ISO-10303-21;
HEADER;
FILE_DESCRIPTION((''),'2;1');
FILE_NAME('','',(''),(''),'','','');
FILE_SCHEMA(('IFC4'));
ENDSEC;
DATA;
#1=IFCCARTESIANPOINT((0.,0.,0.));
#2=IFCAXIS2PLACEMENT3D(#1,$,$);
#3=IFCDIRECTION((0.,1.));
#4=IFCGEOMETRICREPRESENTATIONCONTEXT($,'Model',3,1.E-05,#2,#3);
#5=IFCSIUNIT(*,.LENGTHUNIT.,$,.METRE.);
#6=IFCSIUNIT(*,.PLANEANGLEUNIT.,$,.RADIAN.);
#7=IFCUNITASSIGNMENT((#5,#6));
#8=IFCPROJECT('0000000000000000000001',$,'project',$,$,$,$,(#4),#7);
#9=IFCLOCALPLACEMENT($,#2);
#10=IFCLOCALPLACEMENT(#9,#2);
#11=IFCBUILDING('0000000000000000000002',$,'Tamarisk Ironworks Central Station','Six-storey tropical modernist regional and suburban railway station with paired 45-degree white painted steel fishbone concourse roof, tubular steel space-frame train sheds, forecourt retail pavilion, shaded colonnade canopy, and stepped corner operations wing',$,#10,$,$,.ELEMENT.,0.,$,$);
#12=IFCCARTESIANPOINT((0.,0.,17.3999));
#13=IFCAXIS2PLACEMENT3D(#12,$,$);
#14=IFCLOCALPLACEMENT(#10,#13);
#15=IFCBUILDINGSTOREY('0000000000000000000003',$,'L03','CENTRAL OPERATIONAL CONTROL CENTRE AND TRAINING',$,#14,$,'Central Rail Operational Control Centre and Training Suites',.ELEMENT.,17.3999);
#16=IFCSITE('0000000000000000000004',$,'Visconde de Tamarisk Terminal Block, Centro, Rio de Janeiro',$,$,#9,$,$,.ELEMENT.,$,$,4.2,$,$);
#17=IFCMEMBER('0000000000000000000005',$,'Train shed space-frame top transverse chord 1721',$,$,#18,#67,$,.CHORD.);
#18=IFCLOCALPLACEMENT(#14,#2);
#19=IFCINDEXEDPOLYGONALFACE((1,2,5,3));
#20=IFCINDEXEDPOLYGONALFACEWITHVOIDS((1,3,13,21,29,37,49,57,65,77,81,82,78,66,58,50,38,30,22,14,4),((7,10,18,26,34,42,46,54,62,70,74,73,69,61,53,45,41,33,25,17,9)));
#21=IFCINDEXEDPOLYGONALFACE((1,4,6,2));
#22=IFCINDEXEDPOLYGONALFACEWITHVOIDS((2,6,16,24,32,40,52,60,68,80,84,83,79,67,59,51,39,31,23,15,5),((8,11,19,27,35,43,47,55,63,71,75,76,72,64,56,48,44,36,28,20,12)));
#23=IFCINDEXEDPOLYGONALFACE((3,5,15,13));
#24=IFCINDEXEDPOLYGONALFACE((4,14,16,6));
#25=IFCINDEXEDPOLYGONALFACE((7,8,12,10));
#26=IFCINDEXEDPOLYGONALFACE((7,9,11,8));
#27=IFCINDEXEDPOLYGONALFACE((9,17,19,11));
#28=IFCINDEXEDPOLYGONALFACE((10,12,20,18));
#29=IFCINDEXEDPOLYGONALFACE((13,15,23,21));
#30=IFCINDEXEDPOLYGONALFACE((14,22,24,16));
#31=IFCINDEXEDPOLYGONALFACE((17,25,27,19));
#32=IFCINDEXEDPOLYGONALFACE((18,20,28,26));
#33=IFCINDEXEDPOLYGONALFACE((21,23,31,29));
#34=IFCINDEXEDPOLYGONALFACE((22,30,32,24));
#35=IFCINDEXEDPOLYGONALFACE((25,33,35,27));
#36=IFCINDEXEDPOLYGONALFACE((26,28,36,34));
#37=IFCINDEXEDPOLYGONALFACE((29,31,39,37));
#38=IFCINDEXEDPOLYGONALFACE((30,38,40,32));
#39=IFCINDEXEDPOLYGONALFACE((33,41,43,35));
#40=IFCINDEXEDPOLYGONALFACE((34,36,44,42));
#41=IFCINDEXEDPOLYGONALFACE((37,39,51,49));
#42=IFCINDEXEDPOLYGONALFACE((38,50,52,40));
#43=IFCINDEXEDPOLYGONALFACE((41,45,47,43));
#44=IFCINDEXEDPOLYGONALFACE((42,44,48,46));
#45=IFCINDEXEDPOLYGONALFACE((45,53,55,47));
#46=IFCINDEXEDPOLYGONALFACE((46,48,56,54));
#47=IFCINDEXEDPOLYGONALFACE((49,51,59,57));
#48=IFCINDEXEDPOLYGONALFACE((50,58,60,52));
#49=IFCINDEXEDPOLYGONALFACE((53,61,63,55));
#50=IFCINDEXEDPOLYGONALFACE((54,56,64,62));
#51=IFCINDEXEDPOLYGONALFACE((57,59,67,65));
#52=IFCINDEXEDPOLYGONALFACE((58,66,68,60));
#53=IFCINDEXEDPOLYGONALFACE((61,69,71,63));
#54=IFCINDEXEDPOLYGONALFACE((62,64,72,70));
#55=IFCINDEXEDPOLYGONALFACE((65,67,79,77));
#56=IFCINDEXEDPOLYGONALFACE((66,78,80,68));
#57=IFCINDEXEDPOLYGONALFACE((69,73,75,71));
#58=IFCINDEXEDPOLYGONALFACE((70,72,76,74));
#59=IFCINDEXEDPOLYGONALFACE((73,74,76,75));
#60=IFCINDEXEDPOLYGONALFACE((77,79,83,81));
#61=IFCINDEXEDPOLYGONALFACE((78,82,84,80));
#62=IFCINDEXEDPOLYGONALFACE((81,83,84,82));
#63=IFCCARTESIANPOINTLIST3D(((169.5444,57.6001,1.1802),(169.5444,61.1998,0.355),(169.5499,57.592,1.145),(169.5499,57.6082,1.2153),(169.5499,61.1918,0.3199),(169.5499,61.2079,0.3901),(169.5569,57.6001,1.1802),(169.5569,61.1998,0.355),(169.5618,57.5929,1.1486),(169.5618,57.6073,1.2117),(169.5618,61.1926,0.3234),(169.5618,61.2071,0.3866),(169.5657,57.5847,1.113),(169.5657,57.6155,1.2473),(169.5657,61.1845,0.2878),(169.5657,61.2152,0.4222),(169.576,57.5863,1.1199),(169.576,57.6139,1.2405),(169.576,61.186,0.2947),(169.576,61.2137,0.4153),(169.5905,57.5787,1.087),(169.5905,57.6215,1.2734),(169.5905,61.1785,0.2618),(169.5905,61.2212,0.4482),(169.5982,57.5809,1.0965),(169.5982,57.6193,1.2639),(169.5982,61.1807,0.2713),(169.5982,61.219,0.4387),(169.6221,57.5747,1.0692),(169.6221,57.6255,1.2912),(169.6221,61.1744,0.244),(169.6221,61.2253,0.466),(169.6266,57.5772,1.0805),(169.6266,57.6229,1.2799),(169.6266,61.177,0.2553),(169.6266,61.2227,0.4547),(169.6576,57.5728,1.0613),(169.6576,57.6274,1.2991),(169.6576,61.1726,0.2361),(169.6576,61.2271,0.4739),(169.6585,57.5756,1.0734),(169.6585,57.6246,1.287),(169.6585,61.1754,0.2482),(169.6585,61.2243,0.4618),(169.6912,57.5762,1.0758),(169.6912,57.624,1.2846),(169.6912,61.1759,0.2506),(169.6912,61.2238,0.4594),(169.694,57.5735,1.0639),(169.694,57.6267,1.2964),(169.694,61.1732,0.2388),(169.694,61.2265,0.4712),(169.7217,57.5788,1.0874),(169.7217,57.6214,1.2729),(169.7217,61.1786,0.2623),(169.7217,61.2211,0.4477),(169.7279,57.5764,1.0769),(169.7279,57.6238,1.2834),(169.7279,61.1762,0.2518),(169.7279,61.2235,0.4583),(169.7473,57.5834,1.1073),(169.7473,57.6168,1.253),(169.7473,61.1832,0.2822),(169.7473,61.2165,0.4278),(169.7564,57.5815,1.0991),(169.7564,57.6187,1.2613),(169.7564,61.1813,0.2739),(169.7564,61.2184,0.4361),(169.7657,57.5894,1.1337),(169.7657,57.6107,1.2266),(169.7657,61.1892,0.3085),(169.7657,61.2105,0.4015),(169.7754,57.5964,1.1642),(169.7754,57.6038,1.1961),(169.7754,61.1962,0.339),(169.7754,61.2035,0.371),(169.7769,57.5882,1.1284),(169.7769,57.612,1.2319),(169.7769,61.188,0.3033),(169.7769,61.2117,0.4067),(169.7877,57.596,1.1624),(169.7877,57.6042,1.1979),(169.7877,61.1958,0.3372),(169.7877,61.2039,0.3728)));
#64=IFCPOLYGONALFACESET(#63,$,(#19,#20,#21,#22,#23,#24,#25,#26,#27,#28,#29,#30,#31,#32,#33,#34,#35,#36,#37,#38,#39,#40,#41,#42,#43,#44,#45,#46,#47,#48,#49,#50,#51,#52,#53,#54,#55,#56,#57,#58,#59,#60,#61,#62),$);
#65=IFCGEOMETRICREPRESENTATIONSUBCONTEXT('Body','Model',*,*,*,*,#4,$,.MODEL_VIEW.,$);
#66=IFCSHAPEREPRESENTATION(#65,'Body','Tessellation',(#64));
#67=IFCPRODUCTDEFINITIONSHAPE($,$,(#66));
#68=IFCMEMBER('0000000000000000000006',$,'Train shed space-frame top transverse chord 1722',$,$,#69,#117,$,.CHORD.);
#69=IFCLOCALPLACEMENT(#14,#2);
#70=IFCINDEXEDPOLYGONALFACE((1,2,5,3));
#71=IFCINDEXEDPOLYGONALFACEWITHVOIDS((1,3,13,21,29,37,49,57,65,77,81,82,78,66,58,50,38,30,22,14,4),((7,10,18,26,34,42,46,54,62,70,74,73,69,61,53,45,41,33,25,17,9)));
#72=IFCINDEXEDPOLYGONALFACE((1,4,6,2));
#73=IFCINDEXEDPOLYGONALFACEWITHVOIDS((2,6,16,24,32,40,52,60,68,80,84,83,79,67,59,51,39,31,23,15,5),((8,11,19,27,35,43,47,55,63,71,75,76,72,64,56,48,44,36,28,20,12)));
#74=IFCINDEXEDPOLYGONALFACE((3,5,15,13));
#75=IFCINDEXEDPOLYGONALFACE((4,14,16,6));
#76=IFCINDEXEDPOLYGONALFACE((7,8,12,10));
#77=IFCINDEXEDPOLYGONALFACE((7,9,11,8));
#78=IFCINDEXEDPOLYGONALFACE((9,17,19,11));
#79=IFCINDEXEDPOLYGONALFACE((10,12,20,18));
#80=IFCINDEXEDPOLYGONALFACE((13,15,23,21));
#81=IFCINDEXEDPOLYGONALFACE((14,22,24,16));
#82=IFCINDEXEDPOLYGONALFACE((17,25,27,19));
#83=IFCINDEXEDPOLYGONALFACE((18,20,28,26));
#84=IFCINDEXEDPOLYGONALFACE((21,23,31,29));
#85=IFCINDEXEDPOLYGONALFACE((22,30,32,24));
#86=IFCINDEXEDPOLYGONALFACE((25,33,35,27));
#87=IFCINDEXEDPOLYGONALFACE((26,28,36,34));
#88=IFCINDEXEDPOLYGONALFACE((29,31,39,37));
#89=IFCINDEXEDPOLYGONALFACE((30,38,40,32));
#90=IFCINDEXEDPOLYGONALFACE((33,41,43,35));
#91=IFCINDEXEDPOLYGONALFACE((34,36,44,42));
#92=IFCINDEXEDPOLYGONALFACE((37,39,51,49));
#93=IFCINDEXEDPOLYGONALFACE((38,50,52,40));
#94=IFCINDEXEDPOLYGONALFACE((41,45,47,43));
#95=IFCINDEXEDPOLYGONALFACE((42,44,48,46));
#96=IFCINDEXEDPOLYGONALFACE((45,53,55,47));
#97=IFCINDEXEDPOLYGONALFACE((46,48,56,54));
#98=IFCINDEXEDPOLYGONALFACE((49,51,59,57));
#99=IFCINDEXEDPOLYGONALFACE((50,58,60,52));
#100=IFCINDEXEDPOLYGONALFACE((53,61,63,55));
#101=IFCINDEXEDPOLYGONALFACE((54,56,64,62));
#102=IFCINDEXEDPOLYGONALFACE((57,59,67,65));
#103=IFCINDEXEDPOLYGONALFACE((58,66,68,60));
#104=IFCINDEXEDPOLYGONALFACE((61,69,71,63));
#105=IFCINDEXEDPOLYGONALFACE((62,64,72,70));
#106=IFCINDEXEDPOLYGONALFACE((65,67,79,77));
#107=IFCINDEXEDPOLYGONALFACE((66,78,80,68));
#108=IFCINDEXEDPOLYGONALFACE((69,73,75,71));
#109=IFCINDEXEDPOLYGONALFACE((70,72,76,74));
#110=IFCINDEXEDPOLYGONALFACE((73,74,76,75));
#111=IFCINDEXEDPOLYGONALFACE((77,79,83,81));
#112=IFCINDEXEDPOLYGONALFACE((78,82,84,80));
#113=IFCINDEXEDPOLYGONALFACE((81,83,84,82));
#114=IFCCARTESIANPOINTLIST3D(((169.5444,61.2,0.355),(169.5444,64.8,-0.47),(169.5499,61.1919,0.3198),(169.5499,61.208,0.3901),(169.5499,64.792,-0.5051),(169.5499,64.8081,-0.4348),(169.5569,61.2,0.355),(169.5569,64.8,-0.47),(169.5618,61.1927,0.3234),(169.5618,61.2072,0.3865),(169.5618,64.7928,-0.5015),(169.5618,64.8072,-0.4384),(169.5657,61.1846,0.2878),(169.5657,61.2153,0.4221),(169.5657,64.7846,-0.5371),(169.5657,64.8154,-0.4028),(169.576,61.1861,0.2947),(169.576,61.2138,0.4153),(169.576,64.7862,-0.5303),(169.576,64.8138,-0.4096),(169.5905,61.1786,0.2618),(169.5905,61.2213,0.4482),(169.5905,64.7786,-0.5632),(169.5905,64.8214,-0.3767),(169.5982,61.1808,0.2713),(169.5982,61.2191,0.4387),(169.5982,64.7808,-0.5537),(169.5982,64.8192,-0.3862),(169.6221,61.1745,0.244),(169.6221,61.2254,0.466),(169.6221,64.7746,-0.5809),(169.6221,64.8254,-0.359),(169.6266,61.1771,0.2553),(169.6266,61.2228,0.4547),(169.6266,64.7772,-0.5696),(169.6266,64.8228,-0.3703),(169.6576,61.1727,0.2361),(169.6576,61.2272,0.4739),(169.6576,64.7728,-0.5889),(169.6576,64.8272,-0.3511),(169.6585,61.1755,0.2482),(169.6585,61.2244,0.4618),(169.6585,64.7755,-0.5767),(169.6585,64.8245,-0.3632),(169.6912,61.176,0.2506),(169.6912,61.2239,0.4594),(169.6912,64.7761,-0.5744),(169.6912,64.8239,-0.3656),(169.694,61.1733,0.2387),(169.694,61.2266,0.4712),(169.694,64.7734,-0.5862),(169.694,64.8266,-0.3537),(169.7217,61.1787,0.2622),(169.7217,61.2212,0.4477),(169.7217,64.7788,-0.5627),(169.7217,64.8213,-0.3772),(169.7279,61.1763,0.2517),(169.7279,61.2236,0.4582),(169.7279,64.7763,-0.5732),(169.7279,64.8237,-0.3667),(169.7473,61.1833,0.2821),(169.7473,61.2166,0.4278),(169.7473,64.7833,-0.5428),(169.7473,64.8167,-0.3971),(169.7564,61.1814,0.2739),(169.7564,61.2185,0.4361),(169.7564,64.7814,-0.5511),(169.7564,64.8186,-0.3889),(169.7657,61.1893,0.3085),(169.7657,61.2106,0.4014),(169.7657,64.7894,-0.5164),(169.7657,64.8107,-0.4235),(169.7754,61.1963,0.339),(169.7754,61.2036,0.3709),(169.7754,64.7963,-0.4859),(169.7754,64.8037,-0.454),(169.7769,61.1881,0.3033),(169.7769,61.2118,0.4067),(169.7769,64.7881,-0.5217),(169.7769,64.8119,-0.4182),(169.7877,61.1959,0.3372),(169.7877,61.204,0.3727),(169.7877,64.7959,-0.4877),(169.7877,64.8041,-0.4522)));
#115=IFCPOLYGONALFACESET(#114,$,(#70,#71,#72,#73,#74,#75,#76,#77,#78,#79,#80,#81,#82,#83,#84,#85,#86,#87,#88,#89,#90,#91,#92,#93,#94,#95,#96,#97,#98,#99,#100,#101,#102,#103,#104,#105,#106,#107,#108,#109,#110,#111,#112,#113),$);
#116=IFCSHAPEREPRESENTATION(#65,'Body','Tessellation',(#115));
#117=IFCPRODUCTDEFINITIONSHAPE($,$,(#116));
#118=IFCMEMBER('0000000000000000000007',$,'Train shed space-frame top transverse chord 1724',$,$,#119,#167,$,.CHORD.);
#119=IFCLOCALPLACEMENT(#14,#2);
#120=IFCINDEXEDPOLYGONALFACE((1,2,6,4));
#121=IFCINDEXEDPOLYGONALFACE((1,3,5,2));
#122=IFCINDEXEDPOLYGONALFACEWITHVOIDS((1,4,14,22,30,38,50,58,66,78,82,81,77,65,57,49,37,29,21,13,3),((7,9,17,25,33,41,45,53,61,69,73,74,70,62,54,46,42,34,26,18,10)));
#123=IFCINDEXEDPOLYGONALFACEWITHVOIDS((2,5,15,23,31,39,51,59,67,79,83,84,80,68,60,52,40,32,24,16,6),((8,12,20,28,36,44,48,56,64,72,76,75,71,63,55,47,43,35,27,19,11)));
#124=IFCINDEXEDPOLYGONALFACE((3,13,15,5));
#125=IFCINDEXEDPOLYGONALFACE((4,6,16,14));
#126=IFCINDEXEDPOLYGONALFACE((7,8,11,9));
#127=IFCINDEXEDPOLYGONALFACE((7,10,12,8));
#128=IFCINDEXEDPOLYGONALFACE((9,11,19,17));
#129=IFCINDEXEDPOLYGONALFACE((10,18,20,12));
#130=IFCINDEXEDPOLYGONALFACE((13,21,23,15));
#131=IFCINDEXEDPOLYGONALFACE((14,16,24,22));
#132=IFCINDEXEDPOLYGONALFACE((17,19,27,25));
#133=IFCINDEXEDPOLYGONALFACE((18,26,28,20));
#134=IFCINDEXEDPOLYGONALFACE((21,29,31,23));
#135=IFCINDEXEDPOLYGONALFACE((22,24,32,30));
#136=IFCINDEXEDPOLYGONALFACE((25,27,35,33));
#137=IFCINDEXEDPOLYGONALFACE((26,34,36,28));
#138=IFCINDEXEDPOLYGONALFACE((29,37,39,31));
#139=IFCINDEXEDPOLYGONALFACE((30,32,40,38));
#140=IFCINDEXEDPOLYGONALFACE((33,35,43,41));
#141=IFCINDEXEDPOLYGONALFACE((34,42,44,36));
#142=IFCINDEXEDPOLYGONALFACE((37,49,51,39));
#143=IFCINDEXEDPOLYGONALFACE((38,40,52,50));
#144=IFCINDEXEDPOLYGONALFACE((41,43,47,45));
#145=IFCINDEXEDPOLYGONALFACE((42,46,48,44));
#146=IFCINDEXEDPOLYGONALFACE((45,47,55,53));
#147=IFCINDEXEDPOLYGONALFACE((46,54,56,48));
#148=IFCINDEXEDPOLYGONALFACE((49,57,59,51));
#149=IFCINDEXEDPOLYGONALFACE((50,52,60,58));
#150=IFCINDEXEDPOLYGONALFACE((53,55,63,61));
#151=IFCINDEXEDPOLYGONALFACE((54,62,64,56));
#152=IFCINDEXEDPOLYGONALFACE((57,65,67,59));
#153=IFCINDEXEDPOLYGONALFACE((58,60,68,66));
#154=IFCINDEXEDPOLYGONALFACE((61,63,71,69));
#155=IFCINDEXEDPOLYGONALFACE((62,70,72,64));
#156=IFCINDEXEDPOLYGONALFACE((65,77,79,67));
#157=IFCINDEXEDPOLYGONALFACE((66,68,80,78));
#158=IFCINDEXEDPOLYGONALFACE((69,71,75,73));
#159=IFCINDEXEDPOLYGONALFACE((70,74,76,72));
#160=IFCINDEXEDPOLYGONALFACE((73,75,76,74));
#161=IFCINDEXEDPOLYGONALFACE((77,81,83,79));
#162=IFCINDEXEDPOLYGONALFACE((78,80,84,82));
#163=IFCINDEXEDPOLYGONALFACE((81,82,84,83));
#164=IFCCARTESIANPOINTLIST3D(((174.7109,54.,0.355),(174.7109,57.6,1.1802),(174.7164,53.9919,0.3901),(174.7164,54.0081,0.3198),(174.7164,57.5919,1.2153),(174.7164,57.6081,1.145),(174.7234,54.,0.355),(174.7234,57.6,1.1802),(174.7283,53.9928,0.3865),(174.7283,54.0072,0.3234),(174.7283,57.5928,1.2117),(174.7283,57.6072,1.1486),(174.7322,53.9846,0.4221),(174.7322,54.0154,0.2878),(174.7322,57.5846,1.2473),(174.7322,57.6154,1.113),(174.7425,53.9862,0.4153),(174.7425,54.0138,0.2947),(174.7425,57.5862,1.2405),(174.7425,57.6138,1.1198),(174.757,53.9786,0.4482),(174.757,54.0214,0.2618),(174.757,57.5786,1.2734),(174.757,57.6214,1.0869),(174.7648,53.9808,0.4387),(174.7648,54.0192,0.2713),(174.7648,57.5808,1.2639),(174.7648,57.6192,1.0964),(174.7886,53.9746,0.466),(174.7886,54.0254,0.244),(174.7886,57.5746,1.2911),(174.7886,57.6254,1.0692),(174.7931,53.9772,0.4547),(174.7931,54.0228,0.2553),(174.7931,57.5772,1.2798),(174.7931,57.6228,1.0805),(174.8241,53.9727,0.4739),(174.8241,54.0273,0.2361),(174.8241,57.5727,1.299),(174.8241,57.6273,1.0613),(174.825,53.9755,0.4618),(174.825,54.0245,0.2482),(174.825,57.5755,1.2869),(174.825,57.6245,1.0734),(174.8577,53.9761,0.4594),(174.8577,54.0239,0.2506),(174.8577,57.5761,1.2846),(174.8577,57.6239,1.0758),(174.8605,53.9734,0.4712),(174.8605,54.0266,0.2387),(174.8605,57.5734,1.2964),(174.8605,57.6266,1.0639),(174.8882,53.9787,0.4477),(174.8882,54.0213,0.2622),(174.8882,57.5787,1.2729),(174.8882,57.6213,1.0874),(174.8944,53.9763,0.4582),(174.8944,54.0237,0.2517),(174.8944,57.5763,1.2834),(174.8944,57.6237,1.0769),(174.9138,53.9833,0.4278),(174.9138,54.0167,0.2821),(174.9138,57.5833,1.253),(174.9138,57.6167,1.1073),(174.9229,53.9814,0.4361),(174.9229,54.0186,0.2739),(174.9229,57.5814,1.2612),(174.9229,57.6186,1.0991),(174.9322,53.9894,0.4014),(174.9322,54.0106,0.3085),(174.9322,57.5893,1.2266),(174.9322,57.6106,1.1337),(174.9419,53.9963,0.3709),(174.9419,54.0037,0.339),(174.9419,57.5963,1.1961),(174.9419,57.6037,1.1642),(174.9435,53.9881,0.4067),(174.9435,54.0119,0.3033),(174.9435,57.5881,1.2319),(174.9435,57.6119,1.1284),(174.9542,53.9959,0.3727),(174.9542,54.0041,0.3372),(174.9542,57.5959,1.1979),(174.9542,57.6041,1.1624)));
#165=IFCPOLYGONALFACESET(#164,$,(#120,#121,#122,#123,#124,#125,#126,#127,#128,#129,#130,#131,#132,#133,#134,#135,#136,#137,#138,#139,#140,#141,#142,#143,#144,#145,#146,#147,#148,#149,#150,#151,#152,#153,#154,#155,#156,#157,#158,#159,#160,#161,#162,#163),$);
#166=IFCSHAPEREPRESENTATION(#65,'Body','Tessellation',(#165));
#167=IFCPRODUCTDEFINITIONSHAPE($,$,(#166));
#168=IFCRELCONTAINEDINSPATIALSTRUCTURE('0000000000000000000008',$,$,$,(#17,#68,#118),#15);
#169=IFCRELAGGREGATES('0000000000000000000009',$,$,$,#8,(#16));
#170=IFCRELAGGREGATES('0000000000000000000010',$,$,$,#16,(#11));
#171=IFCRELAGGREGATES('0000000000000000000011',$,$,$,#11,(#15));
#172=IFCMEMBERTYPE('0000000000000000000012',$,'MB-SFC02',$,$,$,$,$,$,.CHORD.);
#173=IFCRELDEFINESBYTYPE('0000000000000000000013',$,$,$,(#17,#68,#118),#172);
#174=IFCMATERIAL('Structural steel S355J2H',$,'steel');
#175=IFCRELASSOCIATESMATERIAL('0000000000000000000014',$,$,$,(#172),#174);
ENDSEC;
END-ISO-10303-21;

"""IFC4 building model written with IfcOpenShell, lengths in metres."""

from ifc_helpers import new_model, si_unit, direction, frame, origin, origin_2d, place, context, subcontext, project, spatial, hollow_circle, extrude, material, material_profile, profile_set, type_object, element, save


model = new_model("IFC4")

# Units and contexts
model_context = context("Model", 3, precision=1e-05, world=origin(), true_north=direction((0.0, 1.0)))
body_context = subcontext(model_context, "Body", "Model", "MODEL_VIEW")
ifc_project = project(units=[si_unit("LENGTHUNIT", "METRE"), si_unit("PLANEANGLEUNIT", "RADIAN")], contexts=[model_context])

# Site, building, storey
site_placement = place(None, origin())
site = spatial("IfcSite", under=ifc_project, at=site_placement, Name="Visconde de Tamarisk Terminal Block, Centro, Rio de Janeiro", CompositionType="ELEMENT", RefElevation=4.2)
building_placement = place(site_placement, origin())
building = spatial("IfcBuilding", under=site, at=building_placement, Name="Tamarisk Ironworks Central Station", Description="Six-storey tropical modernist regional and suburban railway station with paired 45-degree white painted steel fishbone concourse roof, tubular steel space-frame train sheds, forecourt retail pavilion, shaded colonnade canopy, and stepped corner operations wing", CompositionType="ELEMENT", ElevationOfRefHeight=0.0)
storey_placement = place(building_placement, frame((0.0, 0.0, 17.3999)))
storey = spatial("IfcBuildingStorey", under=building, at=storey_placement, Name="L03", Description="CENTRAL OPERATIONAL CONTROL CENTRE AND TRAINING", LongName="Central Rail Operational Control Centre and Training Suites", CompositionType="ELEMENT", Elevation=17.3999)

# Members
ifc_material = material(Name="Structural steel S355J2H", Category="steel")
ifc_material_profile_1 = material_profile(ifc_material, hollow_circle(Radius=0.1223, WallThickness=0.0125, at=origin_2d()), Name="CHS 244.5x12.5")
ifc_profile_set_1 = profile_set([ifc_material_profile_1], Name="Structural steel S355J2H")
member_type_1 = type_object("IfcMemberType", Name="MB-SFC02", PredefinedType="CHORD", material=ifc_profile_set_1)
member_1_placement = place(storey_placement, frame((169.6667, 57.6001, 1.1802), z_axis=(0.0, 0.974719, -0.223435), x_axis=(-1.0, 0.0, 0.0)))
element("IfcMember", 1, at=member_1_placement, inside=storey, type_object=member_type_1, Name="Train shed space-frame top transverse chord 1721", PredefinedType="CHORD", context=body_context, shape_type="SweptSolid", body=[
    extrude(hollow_circle(Radius=0.1223, WallThickness=0.0125, at=origin_2d()), origin(), (0.0, 0.0, 1.0), 3.6931),
])
for number, where, z_axis, x_axis, name in (
    (2, (169.6667, 61.2, 0.355), (0.0, 0.974737, -0.223358), (-1.0, 0.0, 0.0), "Train shed space-frame top transverse chord 1722"),
    (3, (174.8333, 54.0, 0.355), (0.0, 0.974722, 0.223421), (-1.0, 0.0, 0.0), "Train shed space-frame top transverse chord 1724"),
):
    element("IfcMember", number, at=place(storey_placement, frame(where, z_axis=z_axis, x_axis=x_axis)), inside=storey, type_object=member_type_1, Name=name, PredefinedType="CHORD", context=body_context, shape_type="SweptSolid", body=[
        extrude(hollow_circle(Radius=0.1223, WallThickness=0.0125, at=origin_2d()), origin(), (0.0, 0.0, 1.0), 3.6934),
    ])

save(model, "model.ifc")
